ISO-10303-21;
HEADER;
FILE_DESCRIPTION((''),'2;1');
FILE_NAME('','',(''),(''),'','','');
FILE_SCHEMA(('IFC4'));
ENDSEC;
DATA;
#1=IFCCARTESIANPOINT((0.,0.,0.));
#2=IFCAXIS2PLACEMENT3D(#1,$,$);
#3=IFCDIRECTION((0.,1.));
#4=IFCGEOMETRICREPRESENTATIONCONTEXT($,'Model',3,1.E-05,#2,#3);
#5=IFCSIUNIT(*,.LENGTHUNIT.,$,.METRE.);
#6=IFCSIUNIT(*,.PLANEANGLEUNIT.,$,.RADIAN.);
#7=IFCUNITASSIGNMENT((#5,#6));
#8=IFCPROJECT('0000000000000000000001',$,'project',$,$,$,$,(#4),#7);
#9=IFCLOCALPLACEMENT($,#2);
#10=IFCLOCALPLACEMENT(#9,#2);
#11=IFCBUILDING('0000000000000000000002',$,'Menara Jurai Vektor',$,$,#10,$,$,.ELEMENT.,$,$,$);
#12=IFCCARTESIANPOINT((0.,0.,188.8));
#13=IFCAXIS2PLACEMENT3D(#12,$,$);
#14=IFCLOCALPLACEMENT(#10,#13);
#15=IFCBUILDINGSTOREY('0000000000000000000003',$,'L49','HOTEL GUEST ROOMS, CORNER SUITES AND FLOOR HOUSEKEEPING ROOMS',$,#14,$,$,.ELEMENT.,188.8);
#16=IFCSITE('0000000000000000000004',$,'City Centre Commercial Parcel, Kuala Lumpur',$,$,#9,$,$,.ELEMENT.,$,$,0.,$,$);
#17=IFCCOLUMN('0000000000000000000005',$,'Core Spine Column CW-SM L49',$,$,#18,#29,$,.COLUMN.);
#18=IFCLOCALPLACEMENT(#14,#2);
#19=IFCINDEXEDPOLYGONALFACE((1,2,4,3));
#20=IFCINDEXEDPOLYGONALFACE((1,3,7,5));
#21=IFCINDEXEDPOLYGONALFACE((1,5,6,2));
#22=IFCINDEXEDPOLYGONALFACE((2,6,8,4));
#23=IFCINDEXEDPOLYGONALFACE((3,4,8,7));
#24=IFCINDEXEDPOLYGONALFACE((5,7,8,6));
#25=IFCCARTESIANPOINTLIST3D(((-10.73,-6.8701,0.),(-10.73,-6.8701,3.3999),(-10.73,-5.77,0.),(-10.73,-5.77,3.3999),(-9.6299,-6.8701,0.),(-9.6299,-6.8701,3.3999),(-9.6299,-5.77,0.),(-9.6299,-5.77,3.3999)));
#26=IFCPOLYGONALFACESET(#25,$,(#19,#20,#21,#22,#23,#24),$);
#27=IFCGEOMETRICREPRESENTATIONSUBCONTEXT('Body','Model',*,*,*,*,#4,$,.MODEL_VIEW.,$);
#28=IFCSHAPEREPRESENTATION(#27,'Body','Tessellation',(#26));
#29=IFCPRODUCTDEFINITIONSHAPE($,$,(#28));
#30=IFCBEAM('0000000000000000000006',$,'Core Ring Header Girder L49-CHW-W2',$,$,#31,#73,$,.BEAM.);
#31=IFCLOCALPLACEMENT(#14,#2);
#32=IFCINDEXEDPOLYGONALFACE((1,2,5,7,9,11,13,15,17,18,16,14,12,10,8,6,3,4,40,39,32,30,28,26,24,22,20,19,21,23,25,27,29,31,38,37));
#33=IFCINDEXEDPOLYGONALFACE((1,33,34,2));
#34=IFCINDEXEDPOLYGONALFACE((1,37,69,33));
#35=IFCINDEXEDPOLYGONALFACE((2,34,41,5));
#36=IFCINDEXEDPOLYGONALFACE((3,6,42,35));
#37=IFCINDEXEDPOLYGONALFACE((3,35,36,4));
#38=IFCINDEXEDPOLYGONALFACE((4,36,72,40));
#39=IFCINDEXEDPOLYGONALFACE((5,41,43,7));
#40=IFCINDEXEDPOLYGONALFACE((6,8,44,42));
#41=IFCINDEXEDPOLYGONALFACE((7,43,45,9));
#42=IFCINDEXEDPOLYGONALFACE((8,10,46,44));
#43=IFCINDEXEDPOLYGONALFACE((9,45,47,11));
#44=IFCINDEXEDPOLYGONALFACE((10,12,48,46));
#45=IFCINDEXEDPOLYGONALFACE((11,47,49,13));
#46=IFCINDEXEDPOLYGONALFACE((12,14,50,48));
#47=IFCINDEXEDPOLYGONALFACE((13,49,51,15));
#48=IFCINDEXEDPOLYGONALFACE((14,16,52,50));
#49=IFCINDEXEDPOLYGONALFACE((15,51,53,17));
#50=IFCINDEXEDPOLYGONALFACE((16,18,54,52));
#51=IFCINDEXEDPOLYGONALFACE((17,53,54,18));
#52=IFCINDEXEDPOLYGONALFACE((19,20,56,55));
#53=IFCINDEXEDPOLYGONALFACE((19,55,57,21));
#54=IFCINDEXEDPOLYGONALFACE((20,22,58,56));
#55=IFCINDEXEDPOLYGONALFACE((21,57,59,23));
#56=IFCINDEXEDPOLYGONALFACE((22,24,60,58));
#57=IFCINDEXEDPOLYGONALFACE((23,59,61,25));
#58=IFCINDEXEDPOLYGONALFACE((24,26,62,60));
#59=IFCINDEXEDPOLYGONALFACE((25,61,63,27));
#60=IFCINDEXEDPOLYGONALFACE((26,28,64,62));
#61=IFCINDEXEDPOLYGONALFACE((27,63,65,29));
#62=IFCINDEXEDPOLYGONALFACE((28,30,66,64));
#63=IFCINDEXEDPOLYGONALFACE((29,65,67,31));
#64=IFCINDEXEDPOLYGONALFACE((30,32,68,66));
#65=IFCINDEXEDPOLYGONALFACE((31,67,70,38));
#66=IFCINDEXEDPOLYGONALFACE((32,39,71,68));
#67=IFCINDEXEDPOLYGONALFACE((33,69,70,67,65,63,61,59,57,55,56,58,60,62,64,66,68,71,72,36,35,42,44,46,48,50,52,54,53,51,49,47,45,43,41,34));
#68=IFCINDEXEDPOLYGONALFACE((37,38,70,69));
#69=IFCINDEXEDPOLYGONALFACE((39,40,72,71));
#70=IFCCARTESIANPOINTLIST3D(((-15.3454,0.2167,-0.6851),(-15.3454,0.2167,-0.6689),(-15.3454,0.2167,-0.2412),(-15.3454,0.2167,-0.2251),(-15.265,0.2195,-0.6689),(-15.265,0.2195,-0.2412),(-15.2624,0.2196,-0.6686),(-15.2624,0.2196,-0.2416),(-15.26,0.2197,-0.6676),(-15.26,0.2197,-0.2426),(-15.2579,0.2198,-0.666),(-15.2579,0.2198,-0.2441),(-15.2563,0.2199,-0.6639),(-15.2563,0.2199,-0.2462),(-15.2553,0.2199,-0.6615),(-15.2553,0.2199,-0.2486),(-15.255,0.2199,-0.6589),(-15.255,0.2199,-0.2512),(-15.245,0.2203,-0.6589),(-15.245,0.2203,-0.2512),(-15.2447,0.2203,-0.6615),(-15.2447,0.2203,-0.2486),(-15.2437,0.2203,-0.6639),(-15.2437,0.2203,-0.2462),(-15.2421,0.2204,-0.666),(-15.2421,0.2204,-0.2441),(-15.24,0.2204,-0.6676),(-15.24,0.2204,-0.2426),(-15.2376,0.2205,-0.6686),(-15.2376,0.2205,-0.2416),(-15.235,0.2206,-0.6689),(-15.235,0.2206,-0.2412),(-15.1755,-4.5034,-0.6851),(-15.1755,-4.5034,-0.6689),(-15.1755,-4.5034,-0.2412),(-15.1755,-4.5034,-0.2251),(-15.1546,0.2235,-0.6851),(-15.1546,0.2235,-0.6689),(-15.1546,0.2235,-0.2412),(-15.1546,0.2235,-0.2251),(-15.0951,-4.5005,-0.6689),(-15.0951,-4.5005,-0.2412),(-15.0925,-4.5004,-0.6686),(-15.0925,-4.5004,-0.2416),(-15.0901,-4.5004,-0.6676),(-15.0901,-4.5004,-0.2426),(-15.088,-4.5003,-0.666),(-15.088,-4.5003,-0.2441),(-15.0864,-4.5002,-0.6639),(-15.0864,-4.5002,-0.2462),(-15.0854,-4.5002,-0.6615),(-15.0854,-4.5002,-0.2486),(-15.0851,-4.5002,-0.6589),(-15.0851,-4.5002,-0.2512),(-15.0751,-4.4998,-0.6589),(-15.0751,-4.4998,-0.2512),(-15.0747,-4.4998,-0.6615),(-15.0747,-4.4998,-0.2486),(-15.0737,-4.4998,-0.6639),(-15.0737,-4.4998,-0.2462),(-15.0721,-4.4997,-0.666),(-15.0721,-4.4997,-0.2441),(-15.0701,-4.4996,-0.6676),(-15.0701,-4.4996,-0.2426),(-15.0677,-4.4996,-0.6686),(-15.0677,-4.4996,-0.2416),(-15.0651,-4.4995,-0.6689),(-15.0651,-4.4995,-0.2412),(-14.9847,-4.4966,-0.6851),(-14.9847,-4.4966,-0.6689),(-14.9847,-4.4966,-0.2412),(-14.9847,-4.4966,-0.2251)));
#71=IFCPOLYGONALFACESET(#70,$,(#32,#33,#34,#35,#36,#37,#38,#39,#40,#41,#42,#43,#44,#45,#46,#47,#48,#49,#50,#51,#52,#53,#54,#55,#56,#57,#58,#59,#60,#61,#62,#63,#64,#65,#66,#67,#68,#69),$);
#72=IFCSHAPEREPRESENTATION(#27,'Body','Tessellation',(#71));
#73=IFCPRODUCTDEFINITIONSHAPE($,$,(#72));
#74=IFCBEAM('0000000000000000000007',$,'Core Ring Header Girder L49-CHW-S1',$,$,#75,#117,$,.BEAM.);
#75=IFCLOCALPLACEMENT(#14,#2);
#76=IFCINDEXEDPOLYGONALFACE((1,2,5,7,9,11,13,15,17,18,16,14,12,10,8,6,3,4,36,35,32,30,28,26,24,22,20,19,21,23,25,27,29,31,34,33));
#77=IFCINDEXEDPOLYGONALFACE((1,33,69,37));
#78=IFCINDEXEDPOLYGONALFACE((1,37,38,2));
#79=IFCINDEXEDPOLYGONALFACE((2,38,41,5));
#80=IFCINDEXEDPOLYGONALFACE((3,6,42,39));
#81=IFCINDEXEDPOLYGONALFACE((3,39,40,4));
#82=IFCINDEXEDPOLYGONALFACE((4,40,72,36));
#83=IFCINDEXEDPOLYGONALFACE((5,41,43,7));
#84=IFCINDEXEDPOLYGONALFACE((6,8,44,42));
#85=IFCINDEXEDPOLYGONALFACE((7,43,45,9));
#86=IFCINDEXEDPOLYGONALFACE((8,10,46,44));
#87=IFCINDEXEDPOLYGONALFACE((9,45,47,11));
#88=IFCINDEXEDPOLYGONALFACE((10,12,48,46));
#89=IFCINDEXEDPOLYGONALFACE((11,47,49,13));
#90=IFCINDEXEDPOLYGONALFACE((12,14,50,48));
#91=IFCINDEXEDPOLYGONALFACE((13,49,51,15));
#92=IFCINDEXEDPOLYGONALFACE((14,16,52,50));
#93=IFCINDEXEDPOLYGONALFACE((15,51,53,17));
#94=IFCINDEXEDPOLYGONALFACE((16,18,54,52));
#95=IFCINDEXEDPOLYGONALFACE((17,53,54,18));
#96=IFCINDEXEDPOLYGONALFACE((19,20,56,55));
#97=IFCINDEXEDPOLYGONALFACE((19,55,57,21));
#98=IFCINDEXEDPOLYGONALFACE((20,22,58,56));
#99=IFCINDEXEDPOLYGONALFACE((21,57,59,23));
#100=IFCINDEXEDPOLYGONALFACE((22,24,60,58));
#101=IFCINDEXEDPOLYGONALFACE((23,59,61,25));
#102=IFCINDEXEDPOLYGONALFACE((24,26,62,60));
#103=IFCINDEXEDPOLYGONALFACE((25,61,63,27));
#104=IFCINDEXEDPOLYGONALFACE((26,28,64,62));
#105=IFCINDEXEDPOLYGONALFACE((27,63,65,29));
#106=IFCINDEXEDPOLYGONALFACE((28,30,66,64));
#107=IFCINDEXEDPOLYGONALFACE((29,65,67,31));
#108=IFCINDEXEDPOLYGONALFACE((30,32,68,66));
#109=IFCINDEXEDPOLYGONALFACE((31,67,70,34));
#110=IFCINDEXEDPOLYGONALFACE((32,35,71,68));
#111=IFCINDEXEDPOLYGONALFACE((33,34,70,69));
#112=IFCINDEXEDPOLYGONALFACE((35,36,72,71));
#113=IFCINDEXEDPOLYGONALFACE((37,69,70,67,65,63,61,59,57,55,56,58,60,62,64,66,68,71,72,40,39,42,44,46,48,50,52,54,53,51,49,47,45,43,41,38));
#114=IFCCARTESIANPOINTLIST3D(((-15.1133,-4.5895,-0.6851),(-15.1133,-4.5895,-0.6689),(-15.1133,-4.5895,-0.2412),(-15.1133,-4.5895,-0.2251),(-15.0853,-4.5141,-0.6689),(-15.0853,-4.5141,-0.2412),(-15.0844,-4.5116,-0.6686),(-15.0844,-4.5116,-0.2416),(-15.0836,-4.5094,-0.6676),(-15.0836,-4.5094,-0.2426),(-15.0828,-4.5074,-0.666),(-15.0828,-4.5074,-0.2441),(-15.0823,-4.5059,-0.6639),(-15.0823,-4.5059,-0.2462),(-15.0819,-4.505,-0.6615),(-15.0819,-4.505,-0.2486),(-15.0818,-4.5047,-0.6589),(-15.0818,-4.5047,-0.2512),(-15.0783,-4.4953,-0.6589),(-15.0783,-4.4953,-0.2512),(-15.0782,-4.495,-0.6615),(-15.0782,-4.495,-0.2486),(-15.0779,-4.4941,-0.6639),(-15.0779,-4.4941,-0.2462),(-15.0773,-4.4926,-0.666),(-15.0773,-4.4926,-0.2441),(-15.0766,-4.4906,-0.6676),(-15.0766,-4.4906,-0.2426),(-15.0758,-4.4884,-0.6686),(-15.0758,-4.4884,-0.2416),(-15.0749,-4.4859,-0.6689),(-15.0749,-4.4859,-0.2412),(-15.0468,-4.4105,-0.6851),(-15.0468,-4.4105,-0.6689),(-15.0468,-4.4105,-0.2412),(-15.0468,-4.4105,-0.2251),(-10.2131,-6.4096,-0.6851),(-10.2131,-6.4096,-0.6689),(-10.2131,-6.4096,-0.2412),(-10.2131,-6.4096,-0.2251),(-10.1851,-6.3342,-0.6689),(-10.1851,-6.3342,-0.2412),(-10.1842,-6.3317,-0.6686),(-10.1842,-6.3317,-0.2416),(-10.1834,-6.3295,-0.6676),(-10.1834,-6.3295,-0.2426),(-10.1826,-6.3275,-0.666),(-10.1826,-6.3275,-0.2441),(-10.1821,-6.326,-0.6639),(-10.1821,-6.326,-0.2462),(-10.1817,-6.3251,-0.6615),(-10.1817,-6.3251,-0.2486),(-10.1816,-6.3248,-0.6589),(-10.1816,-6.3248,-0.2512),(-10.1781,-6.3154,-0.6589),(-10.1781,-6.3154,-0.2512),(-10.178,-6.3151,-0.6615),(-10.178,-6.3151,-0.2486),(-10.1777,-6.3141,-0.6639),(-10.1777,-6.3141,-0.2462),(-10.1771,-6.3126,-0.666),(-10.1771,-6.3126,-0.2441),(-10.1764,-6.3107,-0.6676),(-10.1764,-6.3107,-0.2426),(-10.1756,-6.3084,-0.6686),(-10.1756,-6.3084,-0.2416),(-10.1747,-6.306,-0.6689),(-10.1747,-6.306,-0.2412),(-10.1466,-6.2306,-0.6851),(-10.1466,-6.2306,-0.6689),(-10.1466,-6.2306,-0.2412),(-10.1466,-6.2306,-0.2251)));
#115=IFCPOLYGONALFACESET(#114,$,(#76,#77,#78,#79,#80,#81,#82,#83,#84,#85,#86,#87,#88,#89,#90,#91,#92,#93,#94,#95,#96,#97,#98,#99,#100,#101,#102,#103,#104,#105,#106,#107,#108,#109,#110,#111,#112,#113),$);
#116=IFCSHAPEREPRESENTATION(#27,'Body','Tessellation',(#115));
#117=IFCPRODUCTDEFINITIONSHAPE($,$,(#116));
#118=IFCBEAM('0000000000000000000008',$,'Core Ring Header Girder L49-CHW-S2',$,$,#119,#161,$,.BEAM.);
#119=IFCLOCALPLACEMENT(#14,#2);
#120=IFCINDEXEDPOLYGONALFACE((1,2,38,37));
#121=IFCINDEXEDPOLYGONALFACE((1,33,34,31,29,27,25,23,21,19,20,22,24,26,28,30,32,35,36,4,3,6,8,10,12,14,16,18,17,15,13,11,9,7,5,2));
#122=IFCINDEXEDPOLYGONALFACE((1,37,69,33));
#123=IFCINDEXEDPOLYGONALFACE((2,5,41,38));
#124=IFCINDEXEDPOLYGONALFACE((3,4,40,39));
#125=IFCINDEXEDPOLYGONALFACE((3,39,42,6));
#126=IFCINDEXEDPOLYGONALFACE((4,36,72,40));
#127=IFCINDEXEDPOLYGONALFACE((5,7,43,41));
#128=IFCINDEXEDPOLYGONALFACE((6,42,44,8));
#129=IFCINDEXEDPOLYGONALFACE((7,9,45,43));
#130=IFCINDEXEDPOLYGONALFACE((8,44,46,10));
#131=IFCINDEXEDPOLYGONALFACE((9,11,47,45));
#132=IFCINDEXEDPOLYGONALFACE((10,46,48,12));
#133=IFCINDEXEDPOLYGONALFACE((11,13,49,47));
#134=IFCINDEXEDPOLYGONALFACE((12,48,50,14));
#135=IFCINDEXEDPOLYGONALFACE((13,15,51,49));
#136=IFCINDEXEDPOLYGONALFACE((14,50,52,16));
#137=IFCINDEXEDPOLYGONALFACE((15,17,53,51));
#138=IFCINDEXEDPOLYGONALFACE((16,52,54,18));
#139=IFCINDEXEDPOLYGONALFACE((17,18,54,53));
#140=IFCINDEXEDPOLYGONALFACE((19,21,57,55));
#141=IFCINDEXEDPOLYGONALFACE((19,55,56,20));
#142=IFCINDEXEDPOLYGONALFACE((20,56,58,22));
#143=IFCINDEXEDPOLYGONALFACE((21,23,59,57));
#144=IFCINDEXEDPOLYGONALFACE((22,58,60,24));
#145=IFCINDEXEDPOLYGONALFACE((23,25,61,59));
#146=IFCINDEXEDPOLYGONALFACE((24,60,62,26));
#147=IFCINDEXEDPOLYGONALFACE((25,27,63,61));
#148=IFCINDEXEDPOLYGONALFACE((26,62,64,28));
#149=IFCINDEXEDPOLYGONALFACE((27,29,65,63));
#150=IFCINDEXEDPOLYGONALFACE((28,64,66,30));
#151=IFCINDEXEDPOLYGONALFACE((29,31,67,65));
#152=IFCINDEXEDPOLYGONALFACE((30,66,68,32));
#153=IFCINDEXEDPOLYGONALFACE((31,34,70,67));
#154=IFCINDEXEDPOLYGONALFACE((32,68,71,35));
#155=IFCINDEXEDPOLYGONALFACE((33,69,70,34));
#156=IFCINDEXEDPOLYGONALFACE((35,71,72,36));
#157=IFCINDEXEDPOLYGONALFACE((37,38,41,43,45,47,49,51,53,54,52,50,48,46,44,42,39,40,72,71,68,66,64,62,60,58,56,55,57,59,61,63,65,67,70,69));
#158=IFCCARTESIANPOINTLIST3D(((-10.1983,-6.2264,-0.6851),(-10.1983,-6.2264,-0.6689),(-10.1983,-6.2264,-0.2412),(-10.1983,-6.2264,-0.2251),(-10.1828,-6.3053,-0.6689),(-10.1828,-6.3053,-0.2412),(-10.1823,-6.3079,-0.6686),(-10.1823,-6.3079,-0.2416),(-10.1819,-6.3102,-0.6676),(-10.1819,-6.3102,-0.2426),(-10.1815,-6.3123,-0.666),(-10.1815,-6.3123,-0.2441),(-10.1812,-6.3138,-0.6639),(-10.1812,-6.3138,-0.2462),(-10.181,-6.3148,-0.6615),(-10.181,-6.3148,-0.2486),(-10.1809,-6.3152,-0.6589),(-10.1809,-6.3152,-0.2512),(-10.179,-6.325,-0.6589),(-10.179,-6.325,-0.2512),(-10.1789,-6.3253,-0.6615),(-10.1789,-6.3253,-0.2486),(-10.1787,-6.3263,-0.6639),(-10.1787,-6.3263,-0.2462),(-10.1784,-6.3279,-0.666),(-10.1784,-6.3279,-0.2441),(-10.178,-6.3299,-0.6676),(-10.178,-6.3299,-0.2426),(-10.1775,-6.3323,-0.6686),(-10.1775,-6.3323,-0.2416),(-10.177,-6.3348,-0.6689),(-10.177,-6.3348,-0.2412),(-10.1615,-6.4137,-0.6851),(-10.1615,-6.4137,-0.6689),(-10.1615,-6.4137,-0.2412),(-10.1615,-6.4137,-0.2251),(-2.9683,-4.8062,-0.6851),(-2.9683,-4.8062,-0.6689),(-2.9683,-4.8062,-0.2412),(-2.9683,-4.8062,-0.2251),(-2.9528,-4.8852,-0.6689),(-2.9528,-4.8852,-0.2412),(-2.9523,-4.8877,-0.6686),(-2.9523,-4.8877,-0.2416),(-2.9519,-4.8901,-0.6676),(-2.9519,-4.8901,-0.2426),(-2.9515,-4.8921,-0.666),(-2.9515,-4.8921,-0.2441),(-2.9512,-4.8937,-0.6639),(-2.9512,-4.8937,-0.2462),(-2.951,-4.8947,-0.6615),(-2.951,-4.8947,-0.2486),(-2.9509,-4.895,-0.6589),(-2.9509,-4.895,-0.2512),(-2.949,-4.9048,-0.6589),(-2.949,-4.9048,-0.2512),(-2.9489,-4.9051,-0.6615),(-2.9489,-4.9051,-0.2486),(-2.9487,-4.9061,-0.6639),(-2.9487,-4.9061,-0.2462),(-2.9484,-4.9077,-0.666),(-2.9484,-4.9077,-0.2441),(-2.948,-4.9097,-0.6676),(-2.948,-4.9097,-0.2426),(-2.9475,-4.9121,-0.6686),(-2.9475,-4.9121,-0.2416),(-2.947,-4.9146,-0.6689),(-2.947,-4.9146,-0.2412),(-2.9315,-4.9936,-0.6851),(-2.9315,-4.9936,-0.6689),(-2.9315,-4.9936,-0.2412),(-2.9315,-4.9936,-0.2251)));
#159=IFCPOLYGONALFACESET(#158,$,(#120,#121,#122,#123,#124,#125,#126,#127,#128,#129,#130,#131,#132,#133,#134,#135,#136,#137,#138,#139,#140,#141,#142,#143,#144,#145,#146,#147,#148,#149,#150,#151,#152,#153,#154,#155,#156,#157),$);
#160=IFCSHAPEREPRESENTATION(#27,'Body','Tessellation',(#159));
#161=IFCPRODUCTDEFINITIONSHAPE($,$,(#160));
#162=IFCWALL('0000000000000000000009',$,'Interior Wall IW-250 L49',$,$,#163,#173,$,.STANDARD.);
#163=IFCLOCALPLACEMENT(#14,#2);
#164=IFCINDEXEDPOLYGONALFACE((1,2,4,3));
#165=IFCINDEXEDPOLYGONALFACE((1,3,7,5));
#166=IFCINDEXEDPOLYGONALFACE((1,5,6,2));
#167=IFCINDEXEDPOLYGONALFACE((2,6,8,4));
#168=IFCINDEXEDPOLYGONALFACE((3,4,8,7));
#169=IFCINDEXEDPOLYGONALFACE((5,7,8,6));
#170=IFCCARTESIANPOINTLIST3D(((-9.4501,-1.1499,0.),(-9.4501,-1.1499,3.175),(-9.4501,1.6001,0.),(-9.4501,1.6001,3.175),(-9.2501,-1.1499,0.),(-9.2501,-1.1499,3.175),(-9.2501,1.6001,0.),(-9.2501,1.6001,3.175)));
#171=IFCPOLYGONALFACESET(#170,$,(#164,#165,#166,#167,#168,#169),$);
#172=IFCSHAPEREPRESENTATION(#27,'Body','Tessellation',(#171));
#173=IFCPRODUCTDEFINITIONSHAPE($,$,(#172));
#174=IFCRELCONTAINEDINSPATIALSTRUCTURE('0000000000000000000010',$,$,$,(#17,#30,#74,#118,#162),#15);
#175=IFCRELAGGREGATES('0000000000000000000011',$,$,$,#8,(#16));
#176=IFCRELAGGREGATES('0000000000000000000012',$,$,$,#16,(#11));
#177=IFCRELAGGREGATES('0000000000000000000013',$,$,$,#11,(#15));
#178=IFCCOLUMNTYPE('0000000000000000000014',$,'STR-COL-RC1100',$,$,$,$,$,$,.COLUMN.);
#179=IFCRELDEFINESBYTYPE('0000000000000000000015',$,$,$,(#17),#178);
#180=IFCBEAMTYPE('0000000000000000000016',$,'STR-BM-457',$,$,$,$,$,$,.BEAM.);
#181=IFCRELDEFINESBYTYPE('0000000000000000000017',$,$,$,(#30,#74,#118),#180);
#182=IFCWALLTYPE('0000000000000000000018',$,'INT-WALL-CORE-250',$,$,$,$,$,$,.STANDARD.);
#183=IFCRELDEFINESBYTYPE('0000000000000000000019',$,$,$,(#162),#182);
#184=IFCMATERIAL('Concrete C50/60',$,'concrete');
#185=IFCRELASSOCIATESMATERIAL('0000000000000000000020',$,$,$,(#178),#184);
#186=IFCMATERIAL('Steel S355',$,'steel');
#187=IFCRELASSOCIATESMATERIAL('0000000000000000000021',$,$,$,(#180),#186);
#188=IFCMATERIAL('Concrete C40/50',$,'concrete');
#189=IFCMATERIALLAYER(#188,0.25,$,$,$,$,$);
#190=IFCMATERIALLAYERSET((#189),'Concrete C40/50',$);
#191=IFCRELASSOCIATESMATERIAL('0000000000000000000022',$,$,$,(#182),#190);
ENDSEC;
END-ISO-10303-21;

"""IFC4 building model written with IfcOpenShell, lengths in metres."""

from ifc_helpers import new_model, si_unit, direction, frame, frame_2d, origin, origin_2d, place, context, subcontext, project, spatial, rectangle, i_section, extrude, material, layer, layer_set, material_profile, profile_set, type_object, element, save


model = new_model("IFC4")

# Units and contexts
model_context = context("Model", 3, precision=1e-05, world=origin(), true_north=direction((0.0, 1.0)))
body_context = subcontext(model_context, "Body", "Model", "MODEL_VIEW")
ifc_project = project(units=[si_unit("LENGTHUNIT", "METRE"), si_unit("PLANEANGLEUNIT", "RADIAN")], contexts=[model_context])

# Site, building, storey
site_placement = place(None, origin())
site = spatial("IfcSite", under=ifc_project, at=site_placement, Name="City Centre Commercial Parcel, Kuala Lumpur", CompositionType="ELEMENT", RefElevation=0.0)
building_placement = place(site_placement, origin())
building = spatial("IfcBuilding", under=site, at=building_placement, Name="Menara Jurai Vektor", CompositionType="ELEMENT")
storey_placement = place(building_placement, frame((0.0, 0.0, 188.8)))
storey = spatial("IfcBuildingStorey", under=building, at=storey_placement, Name="L49", Description="HOTEL GUEST ROOMS, CORNER SUITES AND FLOOR HOUSEKEEPING ROOMS", CompositionType="ELEMENT", Elevation=188.8)

# Column
ifc_material_1 = material(Name="Concrete C50/60", Category="concrete")
ifc_material_profile_1 = material_profile(ifc_material_1, rectangle(XDim=1.1001, YDim=1.1001, at=origin_2d()), Name="RC 1100x1100")
ifc_profile_set_1 = profile_set([ifc_material_profile_1], Name="Concrete C50/60")
column_type = type_object("IfcColumnType", Name="STR-COL-RC1100", PredefinedType="COLUMN", material=ifc_profile_set_1)
column_placement = place(storey_placement, frame((-10.1799, -6.3201, 0.0), z_axis=(0.0, 0.0, 1.0), x_axis=(1.0, 0.0, 0.0)))
element("IfcColumn", 1, at=column_placement, inside=storey, type_object=column_type, Name="Core Spine Column CW-SM L49", PredefinedType="COLUMN", context=body_context, shape_type="SweptSolid", body=[
    extrude(rectangle(XDim=1.1001, YDim=1.1001, at=origin_2d()), origin(), (0.0, 0.0, 1.0), 3.3999),
])

# Beams
ifc_material_2 = material(Name="Steel S355", Category="steel")
ifc_material_profile_2 = material_profile(ifc_material_2, i_section(OverallWidth=0.1909, OverallDepth=0.46, WebThickness=0.01, FlangeThickness=0.0161, FilletRadius=0.01, at=origin_2d()), Name="UKB 457x191x82")
ifc_profile_set_2 = profile_set([ifc_material_profile_2], Name="Steel S355")
beam_type = type_object("IfcBeamType", Name="STR-BM-457", PredefinedType="BEAM", material=ifc_profile_set_2)
beam_1_placement = place(storey_placement, frame((-15.0801, -4.5, -0.4551), z_axis=(-0.035977, 0.999353, 0.0), x_axis=(-0.999353, -0.035977, 0.0)))
element("IfcBeam", 2, at=beam_1_placement, inside=storey, type_object=beam_type, Name="Core Ring Header Girder L49-CHW-W2", PredefinedType="BEAM", context=body_context, shape_type="SweptSolid", body=[
    extrude(i_section(OverallWidth=0.1909, OverallDepth=0.46, WebThickness=0.01, FlangeThickness=0.0161, FilletRadius=0.01, at=origin_2d()), origin(), (0.0, 0.0, 1.0), 4.7231),
])
beam_2_placement = place(storey_placement, frame((-15.0801, -4.5, -0.4551), z_axis=(0.937424, -0.348189, 0.0), x_axis=(0.348189, 0.937424, 0.0)))
element("IfcBeam", 3, at=beam_2_placement, inside=storey, type_object=beam_type, Name="Core Ring Header Girder L49-CHW-S1", PredefinedType="BEAM", context=body_context, shape_type="SweptSolid", body=[
    extrude(i_section(OverallWidth=0.1909, OverallDepth=0.46, WebThickness=0.01, FlangeThickness=0.0161, FilletRadius=0.01, at=origin_2d()), origin(), (0.0, 0.0, 1.0), 5.2273),
])
beam_3_placement = place(storey_placement, frame((-10.1799, -6.3201, -0.4551), z_axis=(0.981249, 0.192744, 0.0), x_axis=(-0.192744, 0.981249, 0.0)))
element("IfcBeam", 4, at=beam_3_placement, inside=storey, type_object=beam_type, Name="Core Ring Header Girder L49-CHW-S2", PredefinedType="BEAM", context=body_context, shape_type="SweptSolid", body=[
    extrude(i_section(OverallWidth=0.1909, OverallDepth=0.46, WebThickness=0.01, FlangeThickness=0.0161, FilletRadius=0.01, at=origin_2d()), origin(), (0.0, 0.0, 1.0), 7.3682),
])

# Shared definitions
ifc_material_3 = material(Name="Concrete C40/50", Category="concrete")
ifc_layer_1 = layer(ifc_material_3, 0.25)
ifc_layer_set_1 = layer_set([ifc_layer_1], Name="Concrete C40/50")
wall_type_1 = type_object("IfcWallType", Name="INT-WALL-CORE-250", PredefinedType="STANDARD", material=ifc_layer_set_1)

# Wall
wall_1_placement = place(storey_placement, frame((-9.3501, -1.1499, 0.0), z_axis=(0.0, 0.0, 1.0), x_axis=(0.0, 1.0, 0.0)))
element("IfcWall", 5, at=wall_1_placement, inside=storey, type_object=wall_type_1, Name="Interior Wall IW-250 L49", PredefinedType="STANDARD", context=body_context, shape_type="SweptSolid", body=[
    extrude(rectangle(XDim=2.75, YDim=0.2, at=frame_2d((1.375, 0.0))), origin(), (0.0, 0.0, 1.0), 3.175),
])

save(model, "model.ifc")
